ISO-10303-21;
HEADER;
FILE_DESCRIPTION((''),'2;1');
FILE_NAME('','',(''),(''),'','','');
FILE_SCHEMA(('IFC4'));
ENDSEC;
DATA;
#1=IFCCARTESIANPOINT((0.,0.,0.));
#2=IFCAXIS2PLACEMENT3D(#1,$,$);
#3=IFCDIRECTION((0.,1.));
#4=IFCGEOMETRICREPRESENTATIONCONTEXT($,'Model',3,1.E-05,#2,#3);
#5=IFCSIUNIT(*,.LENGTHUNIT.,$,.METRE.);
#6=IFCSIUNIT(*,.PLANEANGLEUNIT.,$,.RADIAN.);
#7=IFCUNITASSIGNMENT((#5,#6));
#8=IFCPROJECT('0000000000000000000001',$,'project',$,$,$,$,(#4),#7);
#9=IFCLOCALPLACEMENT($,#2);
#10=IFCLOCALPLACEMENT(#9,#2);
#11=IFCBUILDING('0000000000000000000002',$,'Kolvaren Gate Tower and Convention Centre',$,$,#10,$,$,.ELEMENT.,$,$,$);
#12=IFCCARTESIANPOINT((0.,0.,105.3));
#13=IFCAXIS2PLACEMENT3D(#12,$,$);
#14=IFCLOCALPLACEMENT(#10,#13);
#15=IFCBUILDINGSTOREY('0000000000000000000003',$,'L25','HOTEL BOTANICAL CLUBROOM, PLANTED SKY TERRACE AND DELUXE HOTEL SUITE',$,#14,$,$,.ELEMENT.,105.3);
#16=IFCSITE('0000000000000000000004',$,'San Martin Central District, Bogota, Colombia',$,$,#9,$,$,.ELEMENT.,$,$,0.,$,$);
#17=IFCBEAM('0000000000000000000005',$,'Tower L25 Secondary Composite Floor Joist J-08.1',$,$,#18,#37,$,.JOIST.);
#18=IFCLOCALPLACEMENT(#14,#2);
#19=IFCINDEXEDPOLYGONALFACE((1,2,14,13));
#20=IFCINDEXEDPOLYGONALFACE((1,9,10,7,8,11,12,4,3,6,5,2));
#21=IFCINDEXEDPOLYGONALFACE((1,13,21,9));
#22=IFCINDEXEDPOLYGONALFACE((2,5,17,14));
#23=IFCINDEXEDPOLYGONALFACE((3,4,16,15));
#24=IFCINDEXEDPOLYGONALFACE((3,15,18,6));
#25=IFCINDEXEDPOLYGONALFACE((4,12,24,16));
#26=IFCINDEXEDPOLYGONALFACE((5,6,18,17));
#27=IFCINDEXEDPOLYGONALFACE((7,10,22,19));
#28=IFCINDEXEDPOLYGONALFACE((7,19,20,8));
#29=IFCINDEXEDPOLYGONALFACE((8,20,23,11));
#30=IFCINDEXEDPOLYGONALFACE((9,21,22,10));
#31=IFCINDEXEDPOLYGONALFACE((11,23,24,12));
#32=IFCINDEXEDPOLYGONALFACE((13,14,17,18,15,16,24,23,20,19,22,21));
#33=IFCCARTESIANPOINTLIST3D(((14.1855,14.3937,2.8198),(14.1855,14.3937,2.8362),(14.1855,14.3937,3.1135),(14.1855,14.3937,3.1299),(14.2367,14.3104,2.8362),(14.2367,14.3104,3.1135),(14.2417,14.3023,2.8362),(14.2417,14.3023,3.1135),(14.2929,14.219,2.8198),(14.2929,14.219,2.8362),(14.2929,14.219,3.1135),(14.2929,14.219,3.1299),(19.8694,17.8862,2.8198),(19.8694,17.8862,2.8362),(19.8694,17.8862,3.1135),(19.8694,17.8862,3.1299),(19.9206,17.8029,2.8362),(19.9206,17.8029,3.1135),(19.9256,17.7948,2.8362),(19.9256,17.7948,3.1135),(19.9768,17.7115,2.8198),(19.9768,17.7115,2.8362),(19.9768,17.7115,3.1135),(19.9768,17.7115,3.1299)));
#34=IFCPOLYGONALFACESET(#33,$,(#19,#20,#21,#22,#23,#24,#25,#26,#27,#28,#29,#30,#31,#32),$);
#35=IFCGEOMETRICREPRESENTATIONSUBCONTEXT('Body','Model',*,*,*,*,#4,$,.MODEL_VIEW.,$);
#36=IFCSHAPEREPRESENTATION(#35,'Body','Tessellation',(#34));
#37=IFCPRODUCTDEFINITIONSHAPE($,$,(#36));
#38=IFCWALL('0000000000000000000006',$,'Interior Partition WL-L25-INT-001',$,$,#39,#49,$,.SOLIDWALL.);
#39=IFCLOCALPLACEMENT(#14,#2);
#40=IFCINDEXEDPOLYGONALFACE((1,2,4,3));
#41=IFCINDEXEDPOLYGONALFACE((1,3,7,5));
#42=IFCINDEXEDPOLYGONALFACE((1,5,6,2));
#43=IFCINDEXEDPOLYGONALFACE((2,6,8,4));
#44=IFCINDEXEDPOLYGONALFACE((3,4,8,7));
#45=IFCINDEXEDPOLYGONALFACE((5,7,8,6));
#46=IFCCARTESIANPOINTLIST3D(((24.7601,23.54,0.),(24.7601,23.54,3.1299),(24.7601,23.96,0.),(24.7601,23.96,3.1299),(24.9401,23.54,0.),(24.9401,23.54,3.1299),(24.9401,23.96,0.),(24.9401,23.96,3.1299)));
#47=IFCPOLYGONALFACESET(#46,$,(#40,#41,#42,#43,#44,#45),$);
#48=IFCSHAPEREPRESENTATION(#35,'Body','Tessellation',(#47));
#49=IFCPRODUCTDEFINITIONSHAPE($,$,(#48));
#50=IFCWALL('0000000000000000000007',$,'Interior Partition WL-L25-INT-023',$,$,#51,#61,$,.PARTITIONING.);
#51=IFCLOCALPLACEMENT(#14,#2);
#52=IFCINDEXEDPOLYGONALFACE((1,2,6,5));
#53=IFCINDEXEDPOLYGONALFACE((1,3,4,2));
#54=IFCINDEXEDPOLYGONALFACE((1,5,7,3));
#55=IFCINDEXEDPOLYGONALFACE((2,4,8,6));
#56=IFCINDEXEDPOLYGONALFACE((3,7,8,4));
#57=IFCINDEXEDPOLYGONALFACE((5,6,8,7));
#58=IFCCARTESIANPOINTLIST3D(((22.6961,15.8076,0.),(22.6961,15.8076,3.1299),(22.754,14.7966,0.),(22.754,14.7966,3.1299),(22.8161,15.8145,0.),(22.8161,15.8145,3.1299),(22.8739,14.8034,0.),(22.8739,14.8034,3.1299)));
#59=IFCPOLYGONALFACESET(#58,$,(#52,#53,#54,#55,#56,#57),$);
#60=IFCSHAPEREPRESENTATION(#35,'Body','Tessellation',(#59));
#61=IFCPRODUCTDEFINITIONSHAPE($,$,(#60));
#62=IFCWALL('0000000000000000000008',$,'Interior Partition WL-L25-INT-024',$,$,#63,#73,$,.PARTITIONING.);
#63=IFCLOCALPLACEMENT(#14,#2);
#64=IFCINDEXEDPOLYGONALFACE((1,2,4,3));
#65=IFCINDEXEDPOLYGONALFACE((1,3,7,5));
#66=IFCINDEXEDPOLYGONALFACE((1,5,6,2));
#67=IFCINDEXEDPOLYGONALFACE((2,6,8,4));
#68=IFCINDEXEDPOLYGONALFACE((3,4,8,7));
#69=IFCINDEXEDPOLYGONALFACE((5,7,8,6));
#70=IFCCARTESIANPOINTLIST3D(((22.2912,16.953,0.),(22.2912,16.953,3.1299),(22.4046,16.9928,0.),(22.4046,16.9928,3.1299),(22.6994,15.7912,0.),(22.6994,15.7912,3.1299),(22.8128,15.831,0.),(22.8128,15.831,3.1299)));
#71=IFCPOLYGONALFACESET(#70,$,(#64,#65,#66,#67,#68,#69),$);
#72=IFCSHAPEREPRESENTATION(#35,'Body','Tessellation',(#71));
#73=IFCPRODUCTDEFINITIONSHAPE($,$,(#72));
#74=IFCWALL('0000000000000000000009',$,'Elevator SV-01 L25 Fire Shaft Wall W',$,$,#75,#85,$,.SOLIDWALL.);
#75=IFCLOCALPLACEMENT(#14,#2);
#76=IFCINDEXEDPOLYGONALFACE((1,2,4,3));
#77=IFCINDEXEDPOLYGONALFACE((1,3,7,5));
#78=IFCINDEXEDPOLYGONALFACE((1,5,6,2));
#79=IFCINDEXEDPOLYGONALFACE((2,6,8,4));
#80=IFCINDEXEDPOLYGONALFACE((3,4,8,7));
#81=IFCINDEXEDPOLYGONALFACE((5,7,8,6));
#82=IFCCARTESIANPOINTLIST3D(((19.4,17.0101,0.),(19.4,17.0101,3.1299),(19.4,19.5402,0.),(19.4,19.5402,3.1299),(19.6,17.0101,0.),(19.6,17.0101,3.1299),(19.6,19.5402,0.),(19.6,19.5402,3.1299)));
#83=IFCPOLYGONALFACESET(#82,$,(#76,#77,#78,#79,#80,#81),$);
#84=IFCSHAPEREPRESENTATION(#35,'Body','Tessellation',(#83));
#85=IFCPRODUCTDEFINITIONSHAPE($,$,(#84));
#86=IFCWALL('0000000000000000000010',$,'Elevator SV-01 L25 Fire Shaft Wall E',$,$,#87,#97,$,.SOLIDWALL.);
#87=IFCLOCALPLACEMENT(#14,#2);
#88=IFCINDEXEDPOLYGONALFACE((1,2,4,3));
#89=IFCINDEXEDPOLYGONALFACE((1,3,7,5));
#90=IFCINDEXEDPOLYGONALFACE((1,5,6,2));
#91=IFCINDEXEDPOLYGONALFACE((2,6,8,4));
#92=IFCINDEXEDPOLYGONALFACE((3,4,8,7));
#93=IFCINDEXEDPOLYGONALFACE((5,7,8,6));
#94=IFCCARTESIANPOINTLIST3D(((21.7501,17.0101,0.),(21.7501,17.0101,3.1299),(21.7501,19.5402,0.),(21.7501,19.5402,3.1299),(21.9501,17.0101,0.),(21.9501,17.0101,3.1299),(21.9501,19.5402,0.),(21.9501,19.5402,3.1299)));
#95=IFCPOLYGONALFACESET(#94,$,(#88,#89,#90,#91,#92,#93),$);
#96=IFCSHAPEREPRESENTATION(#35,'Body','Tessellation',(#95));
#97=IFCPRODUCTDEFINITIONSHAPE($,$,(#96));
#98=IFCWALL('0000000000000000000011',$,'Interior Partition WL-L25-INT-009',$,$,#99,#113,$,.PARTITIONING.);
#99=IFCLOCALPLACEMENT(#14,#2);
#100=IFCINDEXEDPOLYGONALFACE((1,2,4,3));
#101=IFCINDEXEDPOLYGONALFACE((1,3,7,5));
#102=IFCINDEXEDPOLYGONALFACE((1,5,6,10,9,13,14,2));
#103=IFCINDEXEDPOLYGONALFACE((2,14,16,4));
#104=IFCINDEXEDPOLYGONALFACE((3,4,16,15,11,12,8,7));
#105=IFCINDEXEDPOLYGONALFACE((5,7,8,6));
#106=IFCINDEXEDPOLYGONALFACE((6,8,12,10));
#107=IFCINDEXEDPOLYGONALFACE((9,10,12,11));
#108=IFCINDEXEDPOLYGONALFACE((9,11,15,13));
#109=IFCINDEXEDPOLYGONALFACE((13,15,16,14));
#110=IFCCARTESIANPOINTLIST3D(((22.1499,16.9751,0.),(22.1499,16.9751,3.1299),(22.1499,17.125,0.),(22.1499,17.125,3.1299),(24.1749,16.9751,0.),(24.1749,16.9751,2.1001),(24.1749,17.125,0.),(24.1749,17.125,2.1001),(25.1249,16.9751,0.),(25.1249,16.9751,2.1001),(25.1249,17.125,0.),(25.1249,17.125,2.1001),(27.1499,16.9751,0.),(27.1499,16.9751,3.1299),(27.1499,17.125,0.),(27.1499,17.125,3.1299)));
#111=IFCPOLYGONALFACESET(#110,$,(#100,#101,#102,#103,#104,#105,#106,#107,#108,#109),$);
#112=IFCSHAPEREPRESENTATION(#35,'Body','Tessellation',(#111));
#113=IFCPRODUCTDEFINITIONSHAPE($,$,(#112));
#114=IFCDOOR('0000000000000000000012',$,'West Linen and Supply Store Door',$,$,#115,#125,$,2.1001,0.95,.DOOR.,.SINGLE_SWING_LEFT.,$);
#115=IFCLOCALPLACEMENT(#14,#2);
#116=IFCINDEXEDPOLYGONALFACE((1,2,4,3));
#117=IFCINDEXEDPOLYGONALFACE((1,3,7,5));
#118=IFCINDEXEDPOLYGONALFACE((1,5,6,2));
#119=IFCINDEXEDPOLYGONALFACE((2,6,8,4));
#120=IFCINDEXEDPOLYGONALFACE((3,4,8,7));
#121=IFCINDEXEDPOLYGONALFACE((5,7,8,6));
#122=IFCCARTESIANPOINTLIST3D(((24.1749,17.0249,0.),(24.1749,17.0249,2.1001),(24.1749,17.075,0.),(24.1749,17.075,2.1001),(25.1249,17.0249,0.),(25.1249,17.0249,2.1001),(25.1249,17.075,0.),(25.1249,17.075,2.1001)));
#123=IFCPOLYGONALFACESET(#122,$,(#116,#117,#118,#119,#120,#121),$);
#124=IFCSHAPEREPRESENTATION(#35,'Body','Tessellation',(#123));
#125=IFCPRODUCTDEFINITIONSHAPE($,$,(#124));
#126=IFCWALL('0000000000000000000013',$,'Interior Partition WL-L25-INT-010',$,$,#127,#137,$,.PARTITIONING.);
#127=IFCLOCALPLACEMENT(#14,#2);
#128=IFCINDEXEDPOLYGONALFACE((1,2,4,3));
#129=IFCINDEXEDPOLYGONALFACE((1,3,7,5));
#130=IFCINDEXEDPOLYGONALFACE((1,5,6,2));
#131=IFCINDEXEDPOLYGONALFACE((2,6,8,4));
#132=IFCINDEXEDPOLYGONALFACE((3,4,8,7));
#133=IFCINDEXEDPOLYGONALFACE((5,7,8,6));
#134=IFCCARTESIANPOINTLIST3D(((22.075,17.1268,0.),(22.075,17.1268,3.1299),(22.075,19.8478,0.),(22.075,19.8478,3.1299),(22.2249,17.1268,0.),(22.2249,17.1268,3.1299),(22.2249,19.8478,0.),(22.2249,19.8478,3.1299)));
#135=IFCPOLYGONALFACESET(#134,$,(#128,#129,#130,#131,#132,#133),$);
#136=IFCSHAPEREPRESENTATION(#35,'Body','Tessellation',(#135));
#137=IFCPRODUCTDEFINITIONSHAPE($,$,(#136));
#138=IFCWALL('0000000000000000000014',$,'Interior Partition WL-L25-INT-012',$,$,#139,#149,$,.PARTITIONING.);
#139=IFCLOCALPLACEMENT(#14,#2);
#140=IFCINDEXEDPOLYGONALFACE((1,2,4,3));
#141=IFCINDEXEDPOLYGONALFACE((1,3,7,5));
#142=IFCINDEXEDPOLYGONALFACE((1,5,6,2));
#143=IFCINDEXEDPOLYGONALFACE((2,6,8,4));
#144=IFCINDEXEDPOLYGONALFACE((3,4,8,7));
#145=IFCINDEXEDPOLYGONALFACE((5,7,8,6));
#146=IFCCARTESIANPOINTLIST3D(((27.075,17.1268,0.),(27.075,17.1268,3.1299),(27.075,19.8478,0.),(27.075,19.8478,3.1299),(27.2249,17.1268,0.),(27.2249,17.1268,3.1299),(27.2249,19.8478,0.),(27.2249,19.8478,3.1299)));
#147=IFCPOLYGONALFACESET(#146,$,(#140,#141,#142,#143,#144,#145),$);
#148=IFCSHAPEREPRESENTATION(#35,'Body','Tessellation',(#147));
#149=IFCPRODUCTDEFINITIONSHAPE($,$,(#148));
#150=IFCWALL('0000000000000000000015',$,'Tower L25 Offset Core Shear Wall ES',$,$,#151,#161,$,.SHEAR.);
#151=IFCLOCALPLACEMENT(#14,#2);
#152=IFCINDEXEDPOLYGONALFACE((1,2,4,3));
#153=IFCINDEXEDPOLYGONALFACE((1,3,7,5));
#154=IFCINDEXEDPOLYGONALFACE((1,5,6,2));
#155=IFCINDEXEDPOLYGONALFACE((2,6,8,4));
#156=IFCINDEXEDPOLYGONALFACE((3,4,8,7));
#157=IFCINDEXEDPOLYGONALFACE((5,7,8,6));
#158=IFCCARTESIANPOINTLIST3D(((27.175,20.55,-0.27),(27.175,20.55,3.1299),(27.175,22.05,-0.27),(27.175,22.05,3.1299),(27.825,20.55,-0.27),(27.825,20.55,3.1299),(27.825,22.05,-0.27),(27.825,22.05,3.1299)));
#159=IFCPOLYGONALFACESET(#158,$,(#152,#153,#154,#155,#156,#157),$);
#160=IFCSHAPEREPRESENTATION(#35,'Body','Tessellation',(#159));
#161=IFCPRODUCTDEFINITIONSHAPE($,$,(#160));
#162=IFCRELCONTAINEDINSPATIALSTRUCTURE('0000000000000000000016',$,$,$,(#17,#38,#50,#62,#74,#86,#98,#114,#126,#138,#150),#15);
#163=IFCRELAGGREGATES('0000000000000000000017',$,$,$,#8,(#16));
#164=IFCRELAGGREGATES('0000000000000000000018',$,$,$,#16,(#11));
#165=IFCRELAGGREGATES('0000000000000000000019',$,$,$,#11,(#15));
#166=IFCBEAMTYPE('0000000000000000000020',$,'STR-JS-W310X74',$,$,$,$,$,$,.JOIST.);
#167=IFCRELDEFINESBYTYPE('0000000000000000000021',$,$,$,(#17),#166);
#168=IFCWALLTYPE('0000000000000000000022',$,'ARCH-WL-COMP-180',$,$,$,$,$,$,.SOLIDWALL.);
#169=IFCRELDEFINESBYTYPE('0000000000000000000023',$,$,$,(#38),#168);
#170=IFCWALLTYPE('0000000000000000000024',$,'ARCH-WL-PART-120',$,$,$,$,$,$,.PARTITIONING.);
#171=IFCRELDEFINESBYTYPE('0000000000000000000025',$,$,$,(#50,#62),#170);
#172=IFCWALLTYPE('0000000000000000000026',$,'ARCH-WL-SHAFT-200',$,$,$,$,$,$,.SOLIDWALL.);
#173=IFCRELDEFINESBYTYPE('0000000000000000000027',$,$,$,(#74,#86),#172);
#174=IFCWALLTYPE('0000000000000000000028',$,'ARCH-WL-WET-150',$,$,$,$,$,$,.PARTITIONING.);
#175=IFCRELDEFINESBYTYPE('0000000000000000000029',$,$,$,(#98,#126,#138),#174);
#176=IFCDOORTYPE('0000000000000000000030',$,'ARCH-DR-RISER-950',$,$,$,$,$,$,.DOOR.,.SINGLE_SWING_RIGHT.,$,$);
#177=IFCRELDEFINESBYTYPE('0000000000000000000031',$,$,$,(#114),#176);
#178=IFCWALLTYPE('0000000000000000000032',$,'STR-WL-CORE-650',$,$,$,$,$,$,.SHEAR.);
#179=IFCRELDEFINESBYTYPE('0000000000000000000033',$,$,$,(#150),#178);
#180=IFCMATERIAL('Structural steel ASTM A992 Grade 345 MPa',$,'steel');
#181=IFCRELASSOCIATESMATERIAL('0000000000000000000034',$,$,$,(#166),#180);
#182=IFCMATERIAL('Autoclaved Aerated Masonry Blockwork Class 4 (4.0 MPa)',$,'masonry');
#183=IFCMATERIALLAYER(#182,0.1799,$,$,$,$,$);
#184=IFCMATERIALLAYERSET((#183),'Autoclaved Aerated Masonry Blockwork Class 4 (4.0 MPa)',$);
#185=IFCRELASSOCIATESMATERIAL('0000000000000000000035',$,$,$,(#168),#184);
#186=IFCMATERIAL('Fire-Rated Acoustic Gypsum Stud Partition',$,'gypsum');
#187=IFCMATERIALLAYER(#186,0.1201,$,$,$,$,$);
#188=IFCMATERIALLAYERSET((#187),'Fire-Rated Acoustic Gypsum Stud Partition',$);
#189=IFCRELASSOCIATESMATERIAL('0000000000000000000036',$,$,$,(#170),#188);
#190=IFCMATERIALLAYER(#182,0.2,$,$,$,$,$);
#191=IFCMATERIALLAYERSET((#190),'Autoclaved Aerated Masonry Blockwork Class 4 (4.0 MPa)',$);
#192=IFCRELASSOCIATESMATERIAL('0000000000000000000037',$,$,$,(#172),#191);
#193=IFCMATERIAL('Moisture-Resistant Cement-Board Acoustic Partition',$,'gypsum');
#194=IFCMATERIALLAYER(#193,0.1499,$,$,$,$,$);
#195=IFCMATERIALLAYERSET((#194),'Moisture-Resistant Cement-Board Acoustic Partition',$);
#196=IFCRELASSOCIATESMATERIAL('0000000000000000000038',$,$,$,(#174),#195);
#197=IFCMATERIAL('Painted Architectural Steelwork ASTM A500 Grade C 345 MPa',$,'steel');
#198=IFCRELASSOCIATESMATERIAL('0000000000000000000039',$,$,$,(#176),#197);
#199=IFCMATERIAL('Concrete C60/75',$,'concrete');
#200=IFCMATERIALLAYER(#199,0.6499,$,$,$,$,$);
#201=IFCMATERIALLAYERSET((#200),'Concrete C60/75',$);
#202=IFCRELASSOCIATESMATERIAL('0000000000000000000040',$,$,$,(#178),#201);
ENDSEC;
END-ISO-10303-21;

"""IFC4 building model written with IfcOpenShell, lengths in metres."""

from ifc_helpers import new_model, si_unit, direction, frame, frame_2d, origin, origin_2d, place, context, subcontext, project, spatial, rectangle, i_section, extrude, material, layer, layer_set, material_profile, profile_set, type_object, element, fill, save


model = new_model("IFC4")

# Units and contexts
model_context = context("Model", 3, precision=1e-05, world=origin(), true_north=direction((0.0, 1.0)))
body_context = subcontext(model_context, "Body", "Model", "MODEL_VIEW")
ifc_project = project(units=[si_unit("LENGTHUNIT", "METRE"), si_unit("PLANEANGLEUNIT", "RADIAN")], contexts=[model_context])

# Site, building, storey
site_placement = place(None, origin())
site = spatial("IfcSite", under=ifc_project, at=site_placement, Name="San Martin Central District, Bogota, Colombia", CompositionType="ELEMENT", RefElevation=0.0)
building_placement = place(site_placement, origin())
building = spatial("IfcBuilding", under=site, at=building_placement, Name="Kolvaren Gate Tower and Convention Centre", CompositionType="ELEMENT")
storey_placement = place(building_placement, frame((0.0, 0.0, 105.3)))
storey = spatial("IfcBuildingStorey", under=building, at=storey_placement, Name="L25", Description="HOTEL BOTANICAL CLUBROOM, PLANTED SKY TERRACE AND DELUXE HOTEL SUITE", CompositionType="ELEMENT", Elevation=105.3)

# Beam
ifc_material_1 = material(Name="Structural steel ASTM A992 Grade 345 MPa", Category="steel")
ifc_material_profile = material_profile(ifc_material_1, i_section(OverallWidth=0.2051, OverallDepth=0.3101, WebThickness=0.0095, FlangeThickness=0.0164, at=origin_2d()), Name="W310X74")
ifc_profile_set = profile_set([ifc_material_profile], Name="Structural steel ASTM A992 Grade 345 MPa")
beam_type = type_object("IfcBeamType", Name="STR-JS-W310X74", PredefinedType="JOIST", material=ifc_profile_set)
beam_placement = place(storey_placement, frame((19.9231, 17.7988, 2.9749), z_axis=(-0.852014, -0.523519, 0.0), x_axis=(0.523519, -0.852014, 0.0)))
element("IfcBeam", 1, at=beam_placement, inside=storey, type_object=beam_type, Name="Tower L25 Secondary Composite Floor Joist J-08.1", PredefinedType="JOIST", context=body_context, shape_type="SweptSolid", body=[
    extrude(i_section(OverallWidth=0.2051, OverallDepth=0.3101, WebThickness=0.0095, FlangeThickness=0.0164, at=origin_2d()), origin(), (0.0, 0.0, 1.0), 6.6711),
])

# Walls
ifc_material_2 = material(Name="Autoclaved Aerated Masonry Blockwork Class 4 (4.0 MPa)", Category="masonry")
ifc_layer_1 = layer(ifc_material_2, 0.1799)
ifc_layer_set_1 = layer_set([ifc_layer_1], Name="Autoclaved Aerated Masonry Blockwork Class 4 (4.0 MPa)")
wall_type_1 = type_object("IfcWallType", Name="ARCH-WL-COMP-180", PredefinedType="SOLIDWALL", material=ifc_layer_set_1)
wall_1_placement = place(storey_placement, frame((24.8501, 23.54, 0.0), z_axis=(0.0, 0.0, 1.0), x_axis=(0.0, 1.0, 0.0)))
element("IfcWall", 2, at=wall_1_placement, inside=storey, type_object=wall_type_1, Name="Interior Partition WL-L25-INT-001", PredefinedType="SOLIDWALL", context=body_context, shape_type="SweptSolid", body=[
    extrude(rectangle(XDim=0.4199, YDim=0.1799, at=frame_2d((0.21, 0.0))), origin(), (0.0, 0.0, 1.0), 3.1299),
])
ifc_material_3 = material(Name="Fire-Rated Acoustic Gypsum Stud Partition", Category="gypsum")
ifc_layer_2 = layer(ifc_material_3, 0.1201)
ifc_layer_set_2 = layer_set([ifc_layer_2], Name="Fire-Rated Acoustic Gypsum Stud Partition")
wall_type_2 = type_object("IfcWallType", Name="ARCH-WL-PART-120", PredefinedType="PARTITIONING", material=ifc_layer_set_2)
wall_2_placement = place(storey_placement, frame((22.7561, 15.811, 0.0), z_axis=(0.0, 0.0, 1.0), x_axis=(0.057139, -0.998366, 0.0)))
element("IfcWall", 3, at=wall_2_placement, inside=storey, type_object=wall_type_2, Name="Interior Partition WL-L25-INT-023", PredefinedType="PARTITIONING", context=body_context, shape_type="SweptSolid", body=[
    extrude(rectangle(XDim=1.0127, YDim=0.1201, at=frame_2d((0.5063, 0.0))), origin(), (0.0, 0.0, 1.0), 3.1299),
])
wall_3_placement = place(storey_placement, frame((22.3479, 16.9729, 0.0), z_axis=(0.0, 0.0, 1.0), x_axis=(0.331472, -0.943465, 0.0)))
element("IfcWall", 4, at=wall_3_placement, inside=storey, type_object=wall_type_2, Name="Interior Partition WL-L25-INT-024", PredefinedType="PARTITIONING", context=body_context, shape_type="SweptSolid", body=[
    extrude(rectangle(XDim=1.2314, YDim=0.1201, at=frame_2d((0.6157, 0.0))), origin(), (0.0, 0.0, 1.0), 3.1299),
])
ifc_layer_3 = layer(ifc_material_2, 0.2)
ifc_layer_set_3 = layer_set([ifc_layer_3], Name="Autoclaved Aerated Masonry Blockwork Class 4 (4.0 MPa)")
wall_type_3 = type_object("IfcWallType", Name="ARCH-WL-SHAFT-200", PredefinedType="SOLIDWALL", material=ifc_layer_set_3)
for number, where, z_axis, x_axis, name in (
    (5, (19.5, 17.01, 0.0), (0.0, 0.0, 1.0), (0.0, 1.0, 0.0), "Elevator SV-01 L25 Fire Shaft Wall W"),
    (6, (21.8501, 17.01, 0.0), (0.0, 0.0, 1.0), (0.0, 1.0, 0.0), "Elevator SV-01 L25 Fire Shaft Wall E"),
):
    element("IfcWall", number, at=place(storey_placement, frame(where, z_axis=z_axis, x_axis=x_axis)), inside=storey, type_object=wall_type_3, Name=name, PredefinedType="SOLIDWALL", context=body_context, shape_type="SweptSolid", body=[
        extrude(rectangle(XDim=2.53, YDim=0.2, at=frame_2d((1.2651, 0.0))), origin(), (0.0, 0.0, 1.0), 3.1299),
    ])

# Wall, opening, door
ifc_material_4 = material(Name="Moisture-Resistant Cement-Board Acoustic Partition", Category="gypsum")
ifc_layer_4 = layer(ifc_material_4, 0.1499)
ifc_layer_set_4 = layer_set([ifc_layer_4], Name="Moisture-Resistant Cement-Board Acoustic Partition")
wall_type_4 = type_object("IfcWallType", Name="ARCH-WL-WET-150", PredefinedType="PARTITIONING", material=ifc_layer_set_4)
wall_4_placement = place(storey_placement, frame((22.1499, 17.05, 0.0), z_axis=(0.0, 0.0, 1.0), x_axis=(1.0, 0.0, 0.0)))
wall_4 = element("IfcWall", 7, at=wall_4_placement, inside=storey, type_object=wall_type_4, Name="Interior Partition WL-L25-INT-009", PredefinedType="PARTITIONING", context=body_context, shape_type="SweptSolid", body=[
    extrude(rectangle(XDim=5.0, YDim=0.1499, at=frame_2d((2.5, 0.0))), origin(), (0.0, 0.0, 1.0), 3.1299),
])
opening_1_placement = place(wall_4_placement, frame((2.0249, 0.0, 0.0)))
opening_1 = element("IfcOpeningElement", 8, at=opening_1_placement, cuts=wall_4, PredefinedType="OPENING", context=body_context, shape_type="SweptSolid", body=[
    extrude(rectangle(XDim=0.95, YDim=2.1001, at=frame_2d((0.4751, 1.05))), frame((0.0, 0.085, 0.0), z_axis=(0.0, -1.0, 0.0), x_axis=(1.0, 0.0, 0.0)), (0.0, 0.0, 1.0), 0.1699),
])
ifc_material_5 = material(Name="Painted Architectural Steelwork ASTM A500 Grade C 345 MPa", Category="steel")
door_type_1 = type_object("IfcDoorType", Name="ARCH-DR-RISER-950", OperationType="SINGLE_SWING_RIGHT", PredefinedType="DOOR", material=ifc_material_5)
door_1_placement = place(opening_1_placement, origin())
door_1 = element("IfcDoor", 9, at=door_1_placement, inside=storey, type_object=door_type_1, Name="West Linen and Supply Store Door", OperationType="SINGLE_SWING_LEFT", OverallHeight=2.1001, OverallWidth=0.95, PredefinedType="DOOR", context=body_context, shape_type="SweptSolid", body=[
    extrude(rectangle(XDim=0.95, YDim=2.1001, at=frame_2d((0.4751, 1.05))), frame((0.0, 0.0249, 0.0), z_axis=(0.0, -1.0, 0.0), x_axis=(1.0, 0.0, 0.0)), (0.0, 0.0, 1.0), 0.05),
])
fill(opening_1, door_1)

# Walls
for number, where, z_axis, x_axis, name in (
    (10, (22.1499, 17.127, 0.0), (0.0, 0.0, 1.0), (0.0, 1.0, 0.0), "Interior Partition WL-L25-INT-010"),
    (11, (27.1499, 17.127, 0.0), (0.0, 0.0, 1.0), (0.0, 1.0, 0.0), "Interior Partition WL-L25-INT-012"),
):
    element("IfcWall", number, at=place(storey_placement, frame(where, z_axis=z_axis, x_axis=x_axis)), inside=storey, type_object=wall_type_4, Name=name, PredefinedType="PARTITIONING", context=body_context, shape_type="SweptSolid", body=[
        extrude(rectangle(XDim=2.7209, YDim=0.1499, at=frame_2d((1.3604, 0.0))), origin(), (0.0, 0.0, 1.0), 3.1299),
    ])
ifc_material_6 = material(Name="Concrete C60/75", Category="concrete")
ifc_layer_5 = layer(ifc_material_6, 0.6499)
ifc_layer_set_5 = layer_set([ifc_layer_5], Name="Concrete C60/75")
wall_type_5 = type_object("IfcWallType", Name="STR-WL-CORE-650", PredefinedType="SHEAR", material=ifc_layer_set_5)
wall_5_placement = place(storey_placement, frame((27.5, 20.55, -0.27), z_axis=(0.0, 0.0, 1.0), x_axis=(0.0, 1.0, 0.0)))
element("IfcWall", 12, at=wall_5_placement, inside=storey, type_object=wall_type_5, Name="Tower L25 Offset Core Shear Wall ES", PredefinedType="SHEAR", context=body_context, shape_type="SweptSolid", body=[
    extrude(rectangle(XDim=1.5, YDim=0.6499, at=frame_2d((0.75, 0.0))), origin(), (0.0, 0.0, 1.0), 3.3999),
])

save(model, "model.ifc")
